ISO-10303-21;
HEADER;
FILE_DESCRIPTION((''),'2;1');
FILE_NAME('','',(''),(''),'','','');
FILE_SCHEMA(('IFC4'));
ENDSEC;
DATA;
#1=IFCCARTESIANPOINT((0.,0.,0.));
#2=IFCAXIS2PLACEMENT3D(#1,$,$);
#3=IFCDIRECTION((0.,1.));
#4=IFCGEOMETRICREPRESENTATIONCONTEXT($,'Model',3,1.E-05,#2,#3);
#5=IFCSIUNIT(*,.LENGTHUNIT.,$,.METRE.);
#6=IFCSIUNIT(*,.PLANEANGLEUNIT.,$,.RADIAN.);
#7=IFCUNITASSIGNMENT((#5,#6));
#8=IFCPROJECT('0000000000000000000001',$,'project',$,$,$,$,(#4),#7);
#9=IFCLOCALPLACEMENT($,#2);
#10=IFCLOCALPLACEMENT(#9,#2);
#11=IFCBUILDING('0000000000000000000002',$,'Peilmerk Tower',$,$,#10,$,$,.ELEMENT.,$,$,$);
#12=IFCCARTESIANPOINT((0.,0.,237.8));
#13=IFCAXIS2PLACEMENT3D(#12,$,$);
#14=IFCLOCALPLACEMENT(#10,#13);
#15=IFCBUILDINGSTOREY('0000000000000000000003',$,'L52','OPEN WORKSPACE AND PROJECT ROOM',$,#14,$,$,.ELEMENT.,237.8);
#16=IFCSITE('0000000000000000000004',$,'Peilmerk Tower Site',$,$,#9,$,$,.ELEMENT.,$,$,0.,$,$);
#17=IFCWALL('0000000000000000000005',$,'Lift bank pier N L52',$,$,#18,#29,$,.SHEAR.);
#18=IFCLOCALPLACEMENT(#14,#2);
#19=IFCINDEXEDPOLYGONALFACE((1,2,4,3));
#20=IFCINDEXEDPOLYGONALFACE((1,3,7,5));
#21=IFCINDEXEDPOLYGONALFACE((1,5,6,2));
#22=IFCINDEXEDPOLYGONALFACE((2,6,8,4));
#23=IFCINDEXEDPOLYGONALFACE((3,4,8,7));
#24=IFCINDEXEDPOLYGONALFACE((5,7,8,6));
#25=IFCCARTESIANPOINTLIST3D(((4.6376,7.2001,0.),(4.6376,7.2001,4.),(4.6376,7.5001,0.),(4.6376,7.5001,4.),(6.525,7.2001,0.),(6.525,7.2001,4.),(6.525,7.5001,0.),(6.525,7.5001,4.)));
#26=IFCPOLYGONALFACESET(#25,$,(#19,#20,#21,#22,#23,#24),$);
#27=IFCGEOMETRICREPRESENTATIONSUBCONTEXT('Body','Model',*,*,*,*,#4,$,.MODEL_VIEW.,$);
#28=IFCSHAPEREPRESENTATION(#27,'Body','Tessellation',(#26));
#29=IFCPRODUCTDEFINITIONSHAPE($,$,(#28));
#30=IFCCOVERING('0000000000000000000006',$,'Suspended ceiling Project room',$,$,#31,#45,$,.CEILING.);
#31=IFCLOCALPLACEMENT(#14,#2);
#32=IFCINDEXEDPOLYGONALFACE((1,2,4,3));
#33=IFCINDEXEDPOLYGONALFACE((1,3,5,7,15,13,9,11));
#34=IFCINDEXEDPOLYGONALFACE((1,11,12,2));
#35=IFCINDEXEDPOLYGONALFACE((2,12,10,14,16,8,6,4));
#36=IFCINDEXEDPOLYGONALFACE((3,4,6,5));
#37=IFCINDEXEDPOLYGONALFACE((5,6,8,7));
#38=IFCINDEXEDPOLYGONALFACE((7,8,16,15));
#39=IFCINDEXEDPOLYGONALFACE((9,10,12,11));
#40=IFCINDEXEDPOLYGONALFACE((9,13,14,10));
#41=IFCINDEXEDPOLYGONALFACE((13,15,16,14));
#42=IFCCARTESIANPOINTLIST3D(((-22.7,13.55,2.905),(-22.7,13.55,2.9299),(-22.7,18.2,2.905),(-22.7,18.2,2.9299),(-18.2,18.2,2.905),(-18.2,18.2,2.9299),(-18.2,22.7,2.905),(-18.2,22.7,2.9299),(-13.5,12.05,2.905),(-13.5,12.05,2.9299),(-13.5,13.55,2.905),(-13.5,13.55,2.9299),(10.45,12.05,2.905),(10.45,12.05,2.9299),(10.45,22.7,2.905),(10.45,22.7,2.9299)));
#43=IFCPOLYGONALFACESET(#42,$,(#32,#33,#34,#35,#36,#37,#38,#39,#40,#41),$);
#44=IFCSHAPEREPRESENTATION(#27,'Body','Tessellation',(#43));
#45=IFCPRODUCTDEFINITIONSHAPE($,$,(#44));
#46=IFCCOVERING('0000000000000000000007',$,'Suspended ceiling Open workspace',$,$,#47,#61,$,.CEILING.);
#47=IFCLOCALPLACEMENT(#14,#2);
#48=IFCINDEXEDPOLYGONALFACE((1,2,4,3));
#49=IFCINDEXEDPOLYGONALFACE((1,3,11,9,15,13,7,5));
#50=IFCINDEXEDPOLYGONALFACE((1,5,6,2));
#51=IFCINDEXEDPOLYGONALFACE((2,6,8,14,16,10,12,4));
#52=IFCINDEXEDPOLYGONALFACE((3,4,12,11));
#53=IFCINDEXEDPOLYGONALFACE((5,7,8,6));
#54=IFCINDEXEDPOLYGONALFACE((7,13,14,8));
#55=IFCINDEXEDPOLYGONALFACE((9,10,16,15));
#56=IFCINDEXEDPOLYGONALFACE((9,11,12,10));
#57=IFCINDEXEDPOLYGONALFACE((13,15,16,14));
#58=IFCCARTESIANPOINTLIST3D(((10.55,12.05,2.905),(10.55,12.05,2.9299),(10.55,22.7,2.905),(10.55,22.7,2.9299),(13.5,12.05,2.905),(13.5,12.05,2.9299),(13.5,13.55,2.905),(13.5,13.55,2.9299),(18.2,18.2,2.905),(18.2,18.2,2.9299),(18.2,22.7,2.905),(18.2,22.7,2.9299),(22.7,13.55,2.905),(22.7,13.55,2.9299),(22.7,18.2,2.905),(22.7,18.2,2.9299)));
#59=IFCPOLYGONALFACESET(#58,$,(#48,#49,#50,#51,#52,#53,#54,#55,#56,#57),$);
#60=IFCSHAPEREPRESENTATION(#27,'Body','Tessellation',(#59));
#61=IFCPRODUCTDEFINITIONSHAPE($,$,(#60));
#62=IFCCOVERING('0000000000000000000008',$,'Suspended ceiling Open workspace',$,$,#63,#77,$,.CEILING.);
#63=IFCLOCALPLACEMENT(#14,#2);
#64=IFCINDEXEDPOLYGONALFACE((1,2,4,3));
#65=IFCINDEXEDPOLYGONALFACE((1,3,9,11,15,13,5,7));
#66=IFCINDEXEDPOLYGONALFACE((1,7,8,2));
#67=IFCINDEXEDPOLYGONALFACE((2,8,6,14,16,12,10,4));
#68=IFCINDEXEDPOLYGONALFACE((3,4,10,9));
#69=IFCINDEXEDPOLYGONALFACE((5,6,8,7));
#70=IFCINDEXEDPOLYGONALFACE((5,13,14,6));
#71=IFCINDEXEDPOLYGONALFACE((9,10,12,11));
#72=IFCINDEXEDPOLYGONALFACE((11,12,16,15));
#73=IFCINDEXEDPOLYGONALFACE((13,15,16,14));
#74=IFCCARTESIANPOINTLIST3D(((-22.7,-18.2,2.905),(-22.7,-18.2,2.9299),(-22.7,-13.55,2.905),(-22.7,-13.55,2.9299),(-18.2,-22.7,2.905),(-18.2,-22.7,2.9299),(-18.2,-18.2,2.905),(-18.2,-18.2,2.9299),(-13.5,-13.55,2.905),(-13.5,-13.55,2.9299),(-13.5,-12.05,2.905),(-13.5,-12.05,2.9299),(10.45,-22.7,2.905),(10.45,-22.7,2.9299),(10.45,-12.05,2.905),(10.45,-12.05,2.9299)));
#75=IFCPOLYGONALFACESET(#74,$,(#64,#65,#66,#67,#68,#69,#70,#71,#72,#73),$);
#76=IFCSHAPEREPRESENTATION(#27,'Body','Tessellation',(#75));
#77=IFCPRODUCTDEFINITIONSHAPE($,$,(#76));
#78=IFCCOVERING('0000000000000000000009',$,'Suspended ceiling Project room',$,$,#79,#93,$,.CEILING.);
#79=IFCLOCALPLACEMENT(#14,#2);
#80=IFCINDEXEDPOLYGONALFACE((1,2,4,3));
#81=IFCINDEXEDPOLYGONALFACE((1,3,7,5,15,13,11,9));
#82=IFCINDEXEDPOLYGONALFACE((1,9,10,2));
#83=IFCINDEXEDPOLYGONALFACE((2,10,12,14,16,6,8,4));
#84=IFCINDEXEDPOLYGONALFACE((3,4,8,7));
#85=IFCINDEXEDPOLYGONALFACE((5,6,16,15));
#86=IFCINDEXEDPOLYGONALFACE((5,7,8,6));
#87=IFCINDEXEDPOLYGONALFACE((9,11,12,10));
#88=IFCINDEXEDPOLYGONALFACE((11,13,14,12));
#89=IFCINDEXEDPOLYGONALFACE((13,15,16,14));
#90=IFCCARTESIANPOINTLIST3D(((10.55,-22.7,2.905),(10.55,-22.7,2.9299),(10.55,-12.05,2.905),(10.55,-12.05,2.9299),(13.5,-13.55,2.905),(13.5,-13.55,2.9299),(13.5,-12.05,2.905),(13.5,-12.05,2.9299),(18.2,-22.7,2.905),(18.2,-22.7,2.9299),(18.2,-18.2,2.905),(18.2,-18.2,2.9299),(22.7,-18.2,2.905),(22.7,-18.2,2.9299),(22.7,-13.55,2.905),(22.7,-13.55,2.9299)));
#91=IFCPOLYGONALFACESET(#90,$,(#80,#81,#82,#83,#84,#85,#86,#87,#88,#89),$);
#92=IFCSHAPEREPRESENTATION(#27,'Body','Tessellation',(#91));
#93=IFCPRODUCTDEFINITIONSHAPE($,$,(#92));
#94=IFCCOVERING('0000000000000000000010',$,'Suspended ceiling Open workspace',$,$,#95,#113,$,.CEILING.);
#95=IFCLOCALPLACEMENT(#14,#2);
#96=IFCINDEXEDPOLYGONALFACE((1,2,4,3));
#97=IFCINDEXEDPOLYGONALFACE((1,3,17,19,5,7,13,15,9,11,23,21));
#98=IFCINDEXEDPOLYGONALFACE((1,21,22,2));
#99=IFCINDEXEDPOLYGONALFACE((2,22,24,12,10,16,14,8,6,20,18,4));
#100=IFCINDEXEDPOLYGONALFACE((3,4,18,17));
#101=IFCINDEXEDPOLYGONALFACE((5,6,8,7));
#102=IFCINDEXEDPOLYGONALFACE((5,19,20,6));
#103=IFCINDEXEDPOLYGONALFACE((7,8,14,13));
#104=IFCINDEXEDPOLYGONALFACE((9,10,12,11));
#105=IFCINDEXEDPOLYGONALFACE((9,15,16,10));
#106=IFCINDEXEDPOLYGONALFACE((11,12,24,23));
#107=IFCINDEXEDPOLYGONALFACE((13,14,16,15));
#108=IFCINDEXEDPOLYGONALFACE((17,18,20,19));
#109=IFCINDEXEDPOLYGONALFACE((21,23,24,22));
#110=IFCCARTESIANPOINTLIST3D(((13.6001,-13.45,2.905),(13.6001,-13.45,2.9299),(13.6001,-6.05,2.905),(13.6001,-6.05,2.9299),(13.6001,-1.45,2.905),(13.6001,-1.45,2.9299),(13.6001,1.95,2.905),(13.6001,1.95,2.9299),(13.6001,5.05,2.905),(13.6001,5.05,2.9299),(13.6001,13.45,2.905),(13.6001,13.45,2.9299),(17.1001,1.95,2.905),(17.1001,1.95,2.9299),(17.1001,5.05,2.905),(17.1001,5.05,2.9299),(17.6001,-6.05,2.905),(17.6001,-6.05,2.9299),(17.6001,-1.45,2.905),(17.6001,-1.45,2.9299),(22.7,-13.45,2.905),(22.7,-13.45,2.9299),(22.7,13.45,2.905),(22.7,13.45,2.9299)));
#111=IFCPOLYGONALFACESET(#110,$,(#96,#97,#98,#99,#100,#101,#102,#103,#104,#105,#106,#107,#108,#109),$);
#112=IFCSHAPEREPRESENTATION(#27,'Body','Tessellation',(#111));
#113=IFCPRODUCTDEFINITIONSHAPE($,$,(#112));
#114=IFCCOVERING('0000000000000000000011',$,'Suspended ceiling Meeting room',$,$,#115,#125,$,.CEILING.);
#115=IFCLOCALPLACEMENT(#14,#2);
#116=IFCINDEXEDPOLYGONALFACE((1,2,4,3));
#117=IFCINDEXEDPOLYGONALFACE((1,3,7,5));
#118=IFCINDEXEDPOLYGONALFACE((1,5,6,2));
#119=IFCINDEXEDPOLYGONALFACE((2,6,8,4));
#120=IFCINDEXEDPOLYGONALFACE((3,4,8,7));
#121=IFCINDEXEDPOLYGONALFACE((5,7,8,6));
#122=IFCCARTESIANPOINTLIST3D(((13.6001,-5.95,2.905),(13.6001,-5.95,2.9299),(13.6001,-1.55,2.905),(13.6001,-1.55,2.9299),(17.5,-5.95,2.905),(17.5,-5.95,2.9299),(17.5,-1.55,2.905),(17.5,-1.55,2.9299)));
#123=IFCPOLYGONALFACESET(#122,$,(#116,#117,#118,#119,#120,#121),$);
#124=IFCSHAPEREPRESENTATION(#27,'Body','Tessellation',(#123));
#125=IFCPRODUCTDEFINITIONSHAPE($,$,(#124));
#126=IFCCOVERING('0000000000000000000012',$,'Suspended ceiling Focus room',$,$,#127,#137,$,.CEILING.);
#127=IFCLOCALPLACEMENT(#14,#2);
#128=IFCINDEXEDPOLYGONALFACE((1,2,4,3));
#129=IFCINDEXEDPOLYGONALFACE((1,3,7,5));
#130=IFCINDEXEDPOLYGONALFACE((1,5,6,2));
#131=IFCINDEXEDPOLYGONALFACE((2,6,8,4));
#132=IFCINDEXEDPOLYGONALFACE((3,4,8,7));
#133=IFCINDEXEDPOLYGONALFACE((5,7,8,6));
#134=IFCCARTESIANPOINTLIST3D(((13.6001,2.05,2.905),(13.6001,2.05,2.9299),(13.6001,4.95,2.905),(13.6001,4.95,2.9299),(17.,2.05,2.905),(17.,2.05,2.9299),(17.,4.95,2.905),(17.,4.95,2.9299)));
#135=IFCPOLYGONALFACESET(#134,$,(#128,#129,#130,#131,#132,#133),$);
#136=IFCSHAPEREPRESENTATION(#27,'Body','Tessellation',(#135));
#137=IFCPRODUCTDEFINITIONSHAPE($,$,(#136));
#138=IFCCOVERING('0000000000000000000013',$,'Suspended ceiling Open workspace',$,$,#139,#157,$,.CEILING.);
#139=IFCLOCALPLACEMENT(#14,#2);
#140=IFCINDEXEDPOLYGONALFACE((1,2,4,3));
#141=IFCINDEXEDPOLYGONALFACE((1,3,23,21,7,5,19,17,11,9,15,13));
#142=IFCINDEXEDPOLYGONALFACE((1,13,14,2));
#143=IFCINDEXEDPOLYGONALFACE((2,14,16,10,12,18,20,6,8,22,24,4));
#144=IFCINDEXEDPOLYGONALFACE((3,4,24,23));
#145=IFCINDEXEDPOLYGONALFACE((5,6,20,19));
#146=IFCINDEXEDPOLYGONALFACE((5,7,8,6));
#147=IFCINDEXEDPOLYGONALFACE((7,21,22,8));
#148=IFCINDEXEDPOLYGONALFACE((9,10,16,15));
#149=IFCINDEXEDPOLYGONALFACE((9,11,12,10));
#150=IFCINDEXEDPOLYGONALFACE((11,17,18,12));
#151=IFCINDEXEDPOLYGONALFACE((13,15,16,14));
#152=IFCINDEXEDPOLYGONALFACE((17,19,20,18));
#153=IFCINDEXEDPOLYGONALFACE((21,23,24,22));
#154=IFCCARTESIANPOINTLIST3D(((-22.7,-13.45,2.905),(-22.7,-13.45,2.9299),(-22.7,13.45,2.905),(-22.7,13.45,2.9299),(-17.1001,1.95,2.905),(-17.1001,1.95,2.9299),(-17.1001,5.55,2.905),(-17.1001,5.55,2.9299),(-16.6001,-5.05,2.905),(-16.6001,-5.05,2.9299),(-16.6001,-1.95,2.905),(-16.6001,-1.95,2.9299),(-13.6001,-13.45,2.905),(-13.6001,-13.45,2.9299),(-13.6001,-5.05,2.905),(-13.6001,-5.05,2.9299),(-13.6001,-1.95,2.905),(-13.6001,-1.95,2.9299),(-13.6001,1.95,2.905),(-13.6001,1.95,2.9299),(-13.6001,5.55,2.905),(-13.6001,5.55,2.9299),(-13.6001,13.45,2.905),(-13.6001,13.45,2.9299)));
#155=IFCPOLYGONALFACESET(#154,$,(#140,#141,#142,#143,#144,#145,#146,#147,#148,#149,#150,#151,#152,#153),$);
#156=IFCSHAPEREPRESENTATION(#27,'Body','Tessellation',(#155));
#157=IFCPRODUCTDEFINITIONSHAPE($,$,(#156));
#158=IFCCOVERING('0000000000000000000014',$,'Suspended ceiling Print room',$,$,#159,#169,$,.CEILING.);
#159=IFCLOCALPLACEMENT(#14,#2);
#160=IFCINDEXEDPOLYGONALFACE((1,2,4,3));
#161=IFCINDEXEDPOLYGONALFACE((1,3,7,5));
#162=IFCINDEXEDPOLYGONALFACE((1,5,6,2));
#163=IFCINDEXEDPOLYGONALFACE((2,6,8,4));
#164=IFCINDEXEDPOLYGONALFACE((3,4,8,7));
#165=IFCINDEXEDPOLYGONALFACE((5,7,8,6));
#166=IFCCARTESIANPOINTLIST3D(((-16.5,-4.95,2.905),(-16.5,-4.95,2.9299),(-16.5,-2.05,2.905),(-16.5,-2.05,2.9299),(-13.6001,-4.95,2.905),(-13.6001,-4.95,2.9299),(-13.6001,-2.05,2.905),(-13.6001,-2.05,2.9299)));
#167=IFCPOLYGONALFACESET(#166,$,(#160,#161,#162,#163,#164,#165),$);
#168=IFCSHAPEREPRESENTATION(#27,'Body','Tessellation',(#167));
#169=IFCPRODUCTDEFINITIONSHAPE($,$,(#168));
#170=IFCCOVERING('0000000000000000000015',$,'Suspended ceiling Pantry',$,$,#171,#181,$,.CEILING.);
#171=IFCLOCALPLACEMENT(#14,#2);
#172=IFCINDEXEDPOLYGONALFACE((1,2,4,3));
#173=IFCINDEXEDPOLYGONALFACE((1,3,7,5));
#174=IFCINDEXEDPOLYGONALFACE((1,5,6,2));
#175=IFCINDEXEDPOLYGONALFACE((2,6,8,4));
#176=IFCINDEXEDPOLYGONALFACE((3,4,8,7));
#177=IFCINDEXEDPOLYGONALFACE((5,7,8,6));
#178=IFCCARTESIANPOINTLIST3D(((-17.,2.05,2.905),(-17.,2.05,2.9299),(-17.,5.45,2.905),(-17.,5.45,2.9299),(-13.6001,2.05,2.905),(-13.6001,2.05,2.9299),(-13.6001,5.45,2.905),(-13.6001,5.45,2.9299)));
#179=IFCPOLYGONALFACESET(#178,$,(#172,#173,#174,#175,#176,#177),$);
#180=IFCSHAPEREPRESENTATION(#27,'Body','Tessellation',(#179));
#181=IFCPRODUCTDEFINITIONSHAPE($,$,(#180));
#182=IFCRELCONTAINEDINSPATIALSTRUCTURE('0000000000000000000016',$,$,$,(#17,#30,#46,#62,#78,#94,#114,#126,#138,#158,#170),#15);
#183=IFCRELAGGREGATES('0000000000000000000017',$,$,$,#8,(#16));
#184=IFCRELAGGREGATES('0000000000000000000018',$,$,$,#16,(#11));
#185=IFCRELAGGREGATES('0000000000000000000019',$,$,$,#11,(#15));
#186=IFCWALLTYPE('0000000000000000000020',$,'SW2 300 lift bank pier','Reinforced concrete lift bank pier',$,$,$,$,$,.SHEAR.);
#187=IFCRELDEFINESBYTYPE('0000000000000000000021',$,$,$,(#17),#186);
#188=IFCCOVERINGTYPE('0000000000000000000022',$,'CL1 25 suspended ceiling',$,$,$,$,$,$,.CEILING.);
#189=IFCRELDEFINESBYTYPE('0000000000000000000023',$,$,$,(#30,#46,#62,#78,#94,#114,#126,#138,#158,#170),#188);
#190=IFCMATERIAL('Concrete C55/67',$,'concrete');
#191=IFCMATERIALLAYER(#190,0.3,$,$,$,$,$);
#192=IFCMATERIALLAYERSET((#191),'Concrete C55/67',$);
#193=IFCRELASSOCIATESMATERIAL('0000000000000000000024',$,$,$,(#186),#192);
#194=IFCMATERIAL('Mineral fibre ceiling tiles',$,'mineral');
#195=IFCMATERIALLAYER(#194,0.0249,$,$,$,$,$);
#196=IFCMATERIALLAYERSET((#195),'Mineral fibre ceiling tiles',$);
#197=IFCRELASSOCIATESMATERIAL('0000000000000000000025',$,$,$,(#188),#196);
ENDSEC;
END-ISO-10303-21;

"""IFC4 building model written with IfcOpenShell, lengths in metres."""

from ifc_helpers import new_model, si_unit, direction, frame, frame_2d, origin, place, context, subcontext, project, spatial, polyline, rectangle, outline, extrude, material, layer, layer_set, type_object, element, save


model = new_model("IFC4")

# Units and contexts
model_context = context("Model", 3, precision=1e-05, world=origin(), true_north=direction((0.0, 1.0)))
body_context = subcontext(model_context, "Body", "Model", "MODEL_VIEW")
ifc_project = project(units=[si_unit("LENGTHUNIT", "METRE"), si_unit("PLANEANGLEUNIT", "RADIAN")], contexts=[model_context])

# Site, building, storey
site_placement = place(None, origin())
site = spatial("IfcSite", under=ifc_project, at=site_placement, Name="Peilmerk Tower Site", CompositionType="ELEMENT", RefElevation=0.0)
building_placement = place(site_placement, origin())
building = spatial("IfcBuilding", under=site, at=building_placement, Name="Peilmerk Tower", CompositionType="ELEMENT")
storey_placement = place(building_placement, frame((0.0, 0.0, 237.8)))
storey = spatial("IfcBuildingStorey", under=building, at=storey_placement, Name="L52", Description="OPEN WORKSPACE AND PROJECT ROOM", CompositionType="ELEMENT", Elevation=237.8)

# Wall
ifc_material_1 = material(Name="Concrete C55/67", Category="concrete")
ifc_layer_1 = layer(ifc_material_1, 0.3)
ifc_layer_set_1 = layer_set([ifc_layer_1], Name="Concrete C55/67")
wall_type_1 = type_object("IfcWallType", Name="SW2 300 lift bank pier", Description="Reinforced concrete lift bank pier", PredefinedType="SHEAR", material=ifc_layer_set_1)
wall_1_placement = place(storey_placement, frame((4.6375, 7.3501, 0.0), z_axis=(0.0, 0.0, 1.0), x_axis=(1.0, 0.0, 0.0)))
element("IfcWall", 1, at=wall_1_placement, inside=storey, type_object=wall_type_1, Name="Lift bank pier N L52", PredefinedType="SHEAR", context=body_context, shape_type="SweptSolid", body=[
    extrude(rectangle(XDim=1.8875, YDim=0.3, at=frame_2d((0.9438, 0.0))), origin(), (0.0, 0.0, 1.0), 4.0),
])

# Coverings
ifc_material_2 = material(Name="Mineral fibre ceiling tiles", Category="mineral")
ifc_layer_2 = layer(ifc_material_2, 0.0249)
ifc_layer_set_2 = layer_set([ifc_layer_2], Name="Mineral fibre ceiling tiles")
covering_type = type_object("IfcCoveringType", Name="CL1 25 suspended ceiling", PredefinedType="CEILING", material=ifc_layer_set_2)
covering_1_placement = place(storey_placement, frame((0.0, 0.0, 2.905)))
element("IfcCovering", 2, at=covering_1_placement, inside=storey, type_object=covering_type, Name="Suspended ceiling Project room", PredefinedType="CEILING", context=body_context, shape_type="SweptSolid", body=[
    extrude(outline(polyline([(-22.7, 18.2), (-22.7, 13.55), (-13.5, 13.55), (-13.5, 12.05), (10.45, 12.05), (10.45, 22.7), (-18.2, 22.7), (-18.2, 18.2), (-22.7, 18.2)])), origin(), (0.0, 0.0, 1.0), 0.0249),
])
covering_2_placement = place(storey_placement, frame((0.0, 0.0, 2.905)))
element("IfcCovering", 3, at=covering_2_placement, inside=storey, type_object=covering_type, Name="Suspended ceiling Open workspace", PredefinedType="CEILING", context=body_context, shape_type="SweptSolid", body=[
    extrude(outline(polyline([(18.2, 22.7), (10.55, 22.7), (10.55, 12.05), (13.5, 12.05), (13.5, 13.55), (22.7, 13.55), (22.7, 18.2), (18.2, 18.2), (18.2, 22.7)])), origin(), (0.0, 0.0, 1.0), 0.0249),
])
covering_3_placement = place(storey_placement, frame((0.0, 0.0, 2.905)))
element("IfcCovering", 4, at=covering_3_placement, inside=storey, type_object=covering_type, Name="Suspended ceiling Open workspace", PredefinedType="CEILING", context=body_context, shape_type="SweptSolid", body=[
    extrude(outline(polyline([(-18.2, -22.7), (10.45, -22.7), (10.45, -12.05), (-13.5, -12.05), (-13.5, -13.55), (-22.7, -13.55), (-22.7, -18.2), (-18.2, -18.2), (-18.2, -22.7)])), origin(), (0.0, 0.0, 1.0), 0.0249),
])
covering_4_placement = place(storey_placement, frame((0.0, 0.0, 2.905)))
element("IfcCovering", 5, at=covering_4_placement, inside=storey, type_object=covering_type, Name="Suspended ceiling Project room", PredefinedType="CEILING", context=body_context, shape_type="SweptSolid", body=[
    extrude(outline(polyline([(10.55, -22.7), (18.2, -22.7), (18.2, -18.2), (22.7, -18.2), (22.7, -13.55), (13.5, -13.55), (13.5, -12.05), (10.55, -12.05), (10.55, -22.7)])), origin(), (0.0, 0.0, 1.0), 0.0249),
])
covering_5_placement = place(storey_placement, frame((0.0, 0.0, 2.905)))
element("IfcCovering", 6, at=covering_5_placement, inside=storey, type_object=covering_type, Name="Suspended ceiling Open workspace", PredefinedType="CEILING", context=body_context, shape_type="SweptSolid", body=[
    extrude(outline(polyline([(13.6001, -13.45), (22.7, -13.45), (22.7, 13.45), (13.6001, 13.45), (13.6001, 5.05), (17.1001, 5.05), (17.1001, 1.95), (13.6001, 1.95), (13.6001, -1.45), (17.6001, -1.45), (17.6001, -6.05), (13.6001, -6.05), (13.6001, -13.45)])), origin(), (0.0, 0.0, 1.0), 0.0249),
])
covering_6_placement = place(storey_placement, frame((0.0, 0.0, 2.905)))
element("IfcCovering", 7, at=covering_6_placement, inside=storey, type_object=covering_type, Name="Suspended ceiling Meeting room", PredefinedType="CEILING", context=body_context, shape_type="SweptSolid", body=[
    extrude(outline(polyline([(17.5, -5.95), (17.5, -1.55), (13.6001, -1.55), (13.6001, -5.95), (17.5, -5.95)])), origin(), (0.0, 0.0, 1.0), 0.0249),
])
covering_7_placement = place(storey_placement, frame((0.0, 0.0, 2.905)))
element("IfcCovering", 8, at=covering_7_placement, inside=storey, type_object=covering_type, Name="Suspended ceiling Focus room", PredefinedType="CEILING", context=body_context, shape_type="SweptSolid", body=[
    extrude(outline(polyline([(17.0, 2.05), (17.0, 4.95), (13.6001, 4.95), (13.6001, 2.05), (17.0, 2.05)])), origin(), (0.0, 0.0, 1.0), 0.0249),
])
covering_8_placement = place(storey_placement, frame((0.0, 0.0, 2.905)))
element("IfcCovering", 9, at=covering_8_placement, inside=storey, type_object=covering_type, Name="Suspended ceiling Open workspace", PredefinedType="CEILING", context=body_context, shape_type="SweptSolid", body=[
    extrude(outline(polyline([(-13.6001, 13.45), (-22.7, 13.45), (-22.7, -13.45), (-13.6001, -13.45), (-13.6001, -5.05), (-16.6001, -5.05), (-16.6001, -1.95), (-13.6001, -1.95), (-13.6001, 1.95), (-17.1001, 1.95), (-17.1001, 5.55), (-13.6001, 5.55), (-13.6001, 13.45)])), origin(), (0.0, 0.0, 1.0), 0.0249),
])
covering_9_placement = place(storey_placement, frame((0.0, 0.0, 2.905)))
element("IfcCovering", 10, at=covering_9_placement, inside=storey, type_object=covering_type, Name="Suspended ceiling Print room", PredefinedType="CEILING", context=body_context, shape_type="SweptSolid", body=[
    extrude(outline(polyline([(-13.6001, -4.95), (-13.6001, -2.05), (-16.5, -2.05), (-16.5, -4.95), (-13.6001, -4.95)])), origin(), (0.0, 0.0, 1.0), 0.0249),
])
covering_10_placement = place(storey_placement, frame((0.0, 0.0, 2.905)))
element("IfcCovering", 11, at=covering_10_placement, inside=storey, type_object=covering_type, Name="Suspended ceiling Pantry", PredefinedType="CEILING", context=body_context, shape_type="SweptSolid", body=[
    extrude(outline(polyline([(-13.6001, 2.05), (-13.6001, 5.45), (-17.0, 5.45), (-17.0, 2.05), (-13.6001, 2.05)])), origin(), (0.0, 0.0, 1.0), 0.0249),
])

save(model, "model.ifc")
